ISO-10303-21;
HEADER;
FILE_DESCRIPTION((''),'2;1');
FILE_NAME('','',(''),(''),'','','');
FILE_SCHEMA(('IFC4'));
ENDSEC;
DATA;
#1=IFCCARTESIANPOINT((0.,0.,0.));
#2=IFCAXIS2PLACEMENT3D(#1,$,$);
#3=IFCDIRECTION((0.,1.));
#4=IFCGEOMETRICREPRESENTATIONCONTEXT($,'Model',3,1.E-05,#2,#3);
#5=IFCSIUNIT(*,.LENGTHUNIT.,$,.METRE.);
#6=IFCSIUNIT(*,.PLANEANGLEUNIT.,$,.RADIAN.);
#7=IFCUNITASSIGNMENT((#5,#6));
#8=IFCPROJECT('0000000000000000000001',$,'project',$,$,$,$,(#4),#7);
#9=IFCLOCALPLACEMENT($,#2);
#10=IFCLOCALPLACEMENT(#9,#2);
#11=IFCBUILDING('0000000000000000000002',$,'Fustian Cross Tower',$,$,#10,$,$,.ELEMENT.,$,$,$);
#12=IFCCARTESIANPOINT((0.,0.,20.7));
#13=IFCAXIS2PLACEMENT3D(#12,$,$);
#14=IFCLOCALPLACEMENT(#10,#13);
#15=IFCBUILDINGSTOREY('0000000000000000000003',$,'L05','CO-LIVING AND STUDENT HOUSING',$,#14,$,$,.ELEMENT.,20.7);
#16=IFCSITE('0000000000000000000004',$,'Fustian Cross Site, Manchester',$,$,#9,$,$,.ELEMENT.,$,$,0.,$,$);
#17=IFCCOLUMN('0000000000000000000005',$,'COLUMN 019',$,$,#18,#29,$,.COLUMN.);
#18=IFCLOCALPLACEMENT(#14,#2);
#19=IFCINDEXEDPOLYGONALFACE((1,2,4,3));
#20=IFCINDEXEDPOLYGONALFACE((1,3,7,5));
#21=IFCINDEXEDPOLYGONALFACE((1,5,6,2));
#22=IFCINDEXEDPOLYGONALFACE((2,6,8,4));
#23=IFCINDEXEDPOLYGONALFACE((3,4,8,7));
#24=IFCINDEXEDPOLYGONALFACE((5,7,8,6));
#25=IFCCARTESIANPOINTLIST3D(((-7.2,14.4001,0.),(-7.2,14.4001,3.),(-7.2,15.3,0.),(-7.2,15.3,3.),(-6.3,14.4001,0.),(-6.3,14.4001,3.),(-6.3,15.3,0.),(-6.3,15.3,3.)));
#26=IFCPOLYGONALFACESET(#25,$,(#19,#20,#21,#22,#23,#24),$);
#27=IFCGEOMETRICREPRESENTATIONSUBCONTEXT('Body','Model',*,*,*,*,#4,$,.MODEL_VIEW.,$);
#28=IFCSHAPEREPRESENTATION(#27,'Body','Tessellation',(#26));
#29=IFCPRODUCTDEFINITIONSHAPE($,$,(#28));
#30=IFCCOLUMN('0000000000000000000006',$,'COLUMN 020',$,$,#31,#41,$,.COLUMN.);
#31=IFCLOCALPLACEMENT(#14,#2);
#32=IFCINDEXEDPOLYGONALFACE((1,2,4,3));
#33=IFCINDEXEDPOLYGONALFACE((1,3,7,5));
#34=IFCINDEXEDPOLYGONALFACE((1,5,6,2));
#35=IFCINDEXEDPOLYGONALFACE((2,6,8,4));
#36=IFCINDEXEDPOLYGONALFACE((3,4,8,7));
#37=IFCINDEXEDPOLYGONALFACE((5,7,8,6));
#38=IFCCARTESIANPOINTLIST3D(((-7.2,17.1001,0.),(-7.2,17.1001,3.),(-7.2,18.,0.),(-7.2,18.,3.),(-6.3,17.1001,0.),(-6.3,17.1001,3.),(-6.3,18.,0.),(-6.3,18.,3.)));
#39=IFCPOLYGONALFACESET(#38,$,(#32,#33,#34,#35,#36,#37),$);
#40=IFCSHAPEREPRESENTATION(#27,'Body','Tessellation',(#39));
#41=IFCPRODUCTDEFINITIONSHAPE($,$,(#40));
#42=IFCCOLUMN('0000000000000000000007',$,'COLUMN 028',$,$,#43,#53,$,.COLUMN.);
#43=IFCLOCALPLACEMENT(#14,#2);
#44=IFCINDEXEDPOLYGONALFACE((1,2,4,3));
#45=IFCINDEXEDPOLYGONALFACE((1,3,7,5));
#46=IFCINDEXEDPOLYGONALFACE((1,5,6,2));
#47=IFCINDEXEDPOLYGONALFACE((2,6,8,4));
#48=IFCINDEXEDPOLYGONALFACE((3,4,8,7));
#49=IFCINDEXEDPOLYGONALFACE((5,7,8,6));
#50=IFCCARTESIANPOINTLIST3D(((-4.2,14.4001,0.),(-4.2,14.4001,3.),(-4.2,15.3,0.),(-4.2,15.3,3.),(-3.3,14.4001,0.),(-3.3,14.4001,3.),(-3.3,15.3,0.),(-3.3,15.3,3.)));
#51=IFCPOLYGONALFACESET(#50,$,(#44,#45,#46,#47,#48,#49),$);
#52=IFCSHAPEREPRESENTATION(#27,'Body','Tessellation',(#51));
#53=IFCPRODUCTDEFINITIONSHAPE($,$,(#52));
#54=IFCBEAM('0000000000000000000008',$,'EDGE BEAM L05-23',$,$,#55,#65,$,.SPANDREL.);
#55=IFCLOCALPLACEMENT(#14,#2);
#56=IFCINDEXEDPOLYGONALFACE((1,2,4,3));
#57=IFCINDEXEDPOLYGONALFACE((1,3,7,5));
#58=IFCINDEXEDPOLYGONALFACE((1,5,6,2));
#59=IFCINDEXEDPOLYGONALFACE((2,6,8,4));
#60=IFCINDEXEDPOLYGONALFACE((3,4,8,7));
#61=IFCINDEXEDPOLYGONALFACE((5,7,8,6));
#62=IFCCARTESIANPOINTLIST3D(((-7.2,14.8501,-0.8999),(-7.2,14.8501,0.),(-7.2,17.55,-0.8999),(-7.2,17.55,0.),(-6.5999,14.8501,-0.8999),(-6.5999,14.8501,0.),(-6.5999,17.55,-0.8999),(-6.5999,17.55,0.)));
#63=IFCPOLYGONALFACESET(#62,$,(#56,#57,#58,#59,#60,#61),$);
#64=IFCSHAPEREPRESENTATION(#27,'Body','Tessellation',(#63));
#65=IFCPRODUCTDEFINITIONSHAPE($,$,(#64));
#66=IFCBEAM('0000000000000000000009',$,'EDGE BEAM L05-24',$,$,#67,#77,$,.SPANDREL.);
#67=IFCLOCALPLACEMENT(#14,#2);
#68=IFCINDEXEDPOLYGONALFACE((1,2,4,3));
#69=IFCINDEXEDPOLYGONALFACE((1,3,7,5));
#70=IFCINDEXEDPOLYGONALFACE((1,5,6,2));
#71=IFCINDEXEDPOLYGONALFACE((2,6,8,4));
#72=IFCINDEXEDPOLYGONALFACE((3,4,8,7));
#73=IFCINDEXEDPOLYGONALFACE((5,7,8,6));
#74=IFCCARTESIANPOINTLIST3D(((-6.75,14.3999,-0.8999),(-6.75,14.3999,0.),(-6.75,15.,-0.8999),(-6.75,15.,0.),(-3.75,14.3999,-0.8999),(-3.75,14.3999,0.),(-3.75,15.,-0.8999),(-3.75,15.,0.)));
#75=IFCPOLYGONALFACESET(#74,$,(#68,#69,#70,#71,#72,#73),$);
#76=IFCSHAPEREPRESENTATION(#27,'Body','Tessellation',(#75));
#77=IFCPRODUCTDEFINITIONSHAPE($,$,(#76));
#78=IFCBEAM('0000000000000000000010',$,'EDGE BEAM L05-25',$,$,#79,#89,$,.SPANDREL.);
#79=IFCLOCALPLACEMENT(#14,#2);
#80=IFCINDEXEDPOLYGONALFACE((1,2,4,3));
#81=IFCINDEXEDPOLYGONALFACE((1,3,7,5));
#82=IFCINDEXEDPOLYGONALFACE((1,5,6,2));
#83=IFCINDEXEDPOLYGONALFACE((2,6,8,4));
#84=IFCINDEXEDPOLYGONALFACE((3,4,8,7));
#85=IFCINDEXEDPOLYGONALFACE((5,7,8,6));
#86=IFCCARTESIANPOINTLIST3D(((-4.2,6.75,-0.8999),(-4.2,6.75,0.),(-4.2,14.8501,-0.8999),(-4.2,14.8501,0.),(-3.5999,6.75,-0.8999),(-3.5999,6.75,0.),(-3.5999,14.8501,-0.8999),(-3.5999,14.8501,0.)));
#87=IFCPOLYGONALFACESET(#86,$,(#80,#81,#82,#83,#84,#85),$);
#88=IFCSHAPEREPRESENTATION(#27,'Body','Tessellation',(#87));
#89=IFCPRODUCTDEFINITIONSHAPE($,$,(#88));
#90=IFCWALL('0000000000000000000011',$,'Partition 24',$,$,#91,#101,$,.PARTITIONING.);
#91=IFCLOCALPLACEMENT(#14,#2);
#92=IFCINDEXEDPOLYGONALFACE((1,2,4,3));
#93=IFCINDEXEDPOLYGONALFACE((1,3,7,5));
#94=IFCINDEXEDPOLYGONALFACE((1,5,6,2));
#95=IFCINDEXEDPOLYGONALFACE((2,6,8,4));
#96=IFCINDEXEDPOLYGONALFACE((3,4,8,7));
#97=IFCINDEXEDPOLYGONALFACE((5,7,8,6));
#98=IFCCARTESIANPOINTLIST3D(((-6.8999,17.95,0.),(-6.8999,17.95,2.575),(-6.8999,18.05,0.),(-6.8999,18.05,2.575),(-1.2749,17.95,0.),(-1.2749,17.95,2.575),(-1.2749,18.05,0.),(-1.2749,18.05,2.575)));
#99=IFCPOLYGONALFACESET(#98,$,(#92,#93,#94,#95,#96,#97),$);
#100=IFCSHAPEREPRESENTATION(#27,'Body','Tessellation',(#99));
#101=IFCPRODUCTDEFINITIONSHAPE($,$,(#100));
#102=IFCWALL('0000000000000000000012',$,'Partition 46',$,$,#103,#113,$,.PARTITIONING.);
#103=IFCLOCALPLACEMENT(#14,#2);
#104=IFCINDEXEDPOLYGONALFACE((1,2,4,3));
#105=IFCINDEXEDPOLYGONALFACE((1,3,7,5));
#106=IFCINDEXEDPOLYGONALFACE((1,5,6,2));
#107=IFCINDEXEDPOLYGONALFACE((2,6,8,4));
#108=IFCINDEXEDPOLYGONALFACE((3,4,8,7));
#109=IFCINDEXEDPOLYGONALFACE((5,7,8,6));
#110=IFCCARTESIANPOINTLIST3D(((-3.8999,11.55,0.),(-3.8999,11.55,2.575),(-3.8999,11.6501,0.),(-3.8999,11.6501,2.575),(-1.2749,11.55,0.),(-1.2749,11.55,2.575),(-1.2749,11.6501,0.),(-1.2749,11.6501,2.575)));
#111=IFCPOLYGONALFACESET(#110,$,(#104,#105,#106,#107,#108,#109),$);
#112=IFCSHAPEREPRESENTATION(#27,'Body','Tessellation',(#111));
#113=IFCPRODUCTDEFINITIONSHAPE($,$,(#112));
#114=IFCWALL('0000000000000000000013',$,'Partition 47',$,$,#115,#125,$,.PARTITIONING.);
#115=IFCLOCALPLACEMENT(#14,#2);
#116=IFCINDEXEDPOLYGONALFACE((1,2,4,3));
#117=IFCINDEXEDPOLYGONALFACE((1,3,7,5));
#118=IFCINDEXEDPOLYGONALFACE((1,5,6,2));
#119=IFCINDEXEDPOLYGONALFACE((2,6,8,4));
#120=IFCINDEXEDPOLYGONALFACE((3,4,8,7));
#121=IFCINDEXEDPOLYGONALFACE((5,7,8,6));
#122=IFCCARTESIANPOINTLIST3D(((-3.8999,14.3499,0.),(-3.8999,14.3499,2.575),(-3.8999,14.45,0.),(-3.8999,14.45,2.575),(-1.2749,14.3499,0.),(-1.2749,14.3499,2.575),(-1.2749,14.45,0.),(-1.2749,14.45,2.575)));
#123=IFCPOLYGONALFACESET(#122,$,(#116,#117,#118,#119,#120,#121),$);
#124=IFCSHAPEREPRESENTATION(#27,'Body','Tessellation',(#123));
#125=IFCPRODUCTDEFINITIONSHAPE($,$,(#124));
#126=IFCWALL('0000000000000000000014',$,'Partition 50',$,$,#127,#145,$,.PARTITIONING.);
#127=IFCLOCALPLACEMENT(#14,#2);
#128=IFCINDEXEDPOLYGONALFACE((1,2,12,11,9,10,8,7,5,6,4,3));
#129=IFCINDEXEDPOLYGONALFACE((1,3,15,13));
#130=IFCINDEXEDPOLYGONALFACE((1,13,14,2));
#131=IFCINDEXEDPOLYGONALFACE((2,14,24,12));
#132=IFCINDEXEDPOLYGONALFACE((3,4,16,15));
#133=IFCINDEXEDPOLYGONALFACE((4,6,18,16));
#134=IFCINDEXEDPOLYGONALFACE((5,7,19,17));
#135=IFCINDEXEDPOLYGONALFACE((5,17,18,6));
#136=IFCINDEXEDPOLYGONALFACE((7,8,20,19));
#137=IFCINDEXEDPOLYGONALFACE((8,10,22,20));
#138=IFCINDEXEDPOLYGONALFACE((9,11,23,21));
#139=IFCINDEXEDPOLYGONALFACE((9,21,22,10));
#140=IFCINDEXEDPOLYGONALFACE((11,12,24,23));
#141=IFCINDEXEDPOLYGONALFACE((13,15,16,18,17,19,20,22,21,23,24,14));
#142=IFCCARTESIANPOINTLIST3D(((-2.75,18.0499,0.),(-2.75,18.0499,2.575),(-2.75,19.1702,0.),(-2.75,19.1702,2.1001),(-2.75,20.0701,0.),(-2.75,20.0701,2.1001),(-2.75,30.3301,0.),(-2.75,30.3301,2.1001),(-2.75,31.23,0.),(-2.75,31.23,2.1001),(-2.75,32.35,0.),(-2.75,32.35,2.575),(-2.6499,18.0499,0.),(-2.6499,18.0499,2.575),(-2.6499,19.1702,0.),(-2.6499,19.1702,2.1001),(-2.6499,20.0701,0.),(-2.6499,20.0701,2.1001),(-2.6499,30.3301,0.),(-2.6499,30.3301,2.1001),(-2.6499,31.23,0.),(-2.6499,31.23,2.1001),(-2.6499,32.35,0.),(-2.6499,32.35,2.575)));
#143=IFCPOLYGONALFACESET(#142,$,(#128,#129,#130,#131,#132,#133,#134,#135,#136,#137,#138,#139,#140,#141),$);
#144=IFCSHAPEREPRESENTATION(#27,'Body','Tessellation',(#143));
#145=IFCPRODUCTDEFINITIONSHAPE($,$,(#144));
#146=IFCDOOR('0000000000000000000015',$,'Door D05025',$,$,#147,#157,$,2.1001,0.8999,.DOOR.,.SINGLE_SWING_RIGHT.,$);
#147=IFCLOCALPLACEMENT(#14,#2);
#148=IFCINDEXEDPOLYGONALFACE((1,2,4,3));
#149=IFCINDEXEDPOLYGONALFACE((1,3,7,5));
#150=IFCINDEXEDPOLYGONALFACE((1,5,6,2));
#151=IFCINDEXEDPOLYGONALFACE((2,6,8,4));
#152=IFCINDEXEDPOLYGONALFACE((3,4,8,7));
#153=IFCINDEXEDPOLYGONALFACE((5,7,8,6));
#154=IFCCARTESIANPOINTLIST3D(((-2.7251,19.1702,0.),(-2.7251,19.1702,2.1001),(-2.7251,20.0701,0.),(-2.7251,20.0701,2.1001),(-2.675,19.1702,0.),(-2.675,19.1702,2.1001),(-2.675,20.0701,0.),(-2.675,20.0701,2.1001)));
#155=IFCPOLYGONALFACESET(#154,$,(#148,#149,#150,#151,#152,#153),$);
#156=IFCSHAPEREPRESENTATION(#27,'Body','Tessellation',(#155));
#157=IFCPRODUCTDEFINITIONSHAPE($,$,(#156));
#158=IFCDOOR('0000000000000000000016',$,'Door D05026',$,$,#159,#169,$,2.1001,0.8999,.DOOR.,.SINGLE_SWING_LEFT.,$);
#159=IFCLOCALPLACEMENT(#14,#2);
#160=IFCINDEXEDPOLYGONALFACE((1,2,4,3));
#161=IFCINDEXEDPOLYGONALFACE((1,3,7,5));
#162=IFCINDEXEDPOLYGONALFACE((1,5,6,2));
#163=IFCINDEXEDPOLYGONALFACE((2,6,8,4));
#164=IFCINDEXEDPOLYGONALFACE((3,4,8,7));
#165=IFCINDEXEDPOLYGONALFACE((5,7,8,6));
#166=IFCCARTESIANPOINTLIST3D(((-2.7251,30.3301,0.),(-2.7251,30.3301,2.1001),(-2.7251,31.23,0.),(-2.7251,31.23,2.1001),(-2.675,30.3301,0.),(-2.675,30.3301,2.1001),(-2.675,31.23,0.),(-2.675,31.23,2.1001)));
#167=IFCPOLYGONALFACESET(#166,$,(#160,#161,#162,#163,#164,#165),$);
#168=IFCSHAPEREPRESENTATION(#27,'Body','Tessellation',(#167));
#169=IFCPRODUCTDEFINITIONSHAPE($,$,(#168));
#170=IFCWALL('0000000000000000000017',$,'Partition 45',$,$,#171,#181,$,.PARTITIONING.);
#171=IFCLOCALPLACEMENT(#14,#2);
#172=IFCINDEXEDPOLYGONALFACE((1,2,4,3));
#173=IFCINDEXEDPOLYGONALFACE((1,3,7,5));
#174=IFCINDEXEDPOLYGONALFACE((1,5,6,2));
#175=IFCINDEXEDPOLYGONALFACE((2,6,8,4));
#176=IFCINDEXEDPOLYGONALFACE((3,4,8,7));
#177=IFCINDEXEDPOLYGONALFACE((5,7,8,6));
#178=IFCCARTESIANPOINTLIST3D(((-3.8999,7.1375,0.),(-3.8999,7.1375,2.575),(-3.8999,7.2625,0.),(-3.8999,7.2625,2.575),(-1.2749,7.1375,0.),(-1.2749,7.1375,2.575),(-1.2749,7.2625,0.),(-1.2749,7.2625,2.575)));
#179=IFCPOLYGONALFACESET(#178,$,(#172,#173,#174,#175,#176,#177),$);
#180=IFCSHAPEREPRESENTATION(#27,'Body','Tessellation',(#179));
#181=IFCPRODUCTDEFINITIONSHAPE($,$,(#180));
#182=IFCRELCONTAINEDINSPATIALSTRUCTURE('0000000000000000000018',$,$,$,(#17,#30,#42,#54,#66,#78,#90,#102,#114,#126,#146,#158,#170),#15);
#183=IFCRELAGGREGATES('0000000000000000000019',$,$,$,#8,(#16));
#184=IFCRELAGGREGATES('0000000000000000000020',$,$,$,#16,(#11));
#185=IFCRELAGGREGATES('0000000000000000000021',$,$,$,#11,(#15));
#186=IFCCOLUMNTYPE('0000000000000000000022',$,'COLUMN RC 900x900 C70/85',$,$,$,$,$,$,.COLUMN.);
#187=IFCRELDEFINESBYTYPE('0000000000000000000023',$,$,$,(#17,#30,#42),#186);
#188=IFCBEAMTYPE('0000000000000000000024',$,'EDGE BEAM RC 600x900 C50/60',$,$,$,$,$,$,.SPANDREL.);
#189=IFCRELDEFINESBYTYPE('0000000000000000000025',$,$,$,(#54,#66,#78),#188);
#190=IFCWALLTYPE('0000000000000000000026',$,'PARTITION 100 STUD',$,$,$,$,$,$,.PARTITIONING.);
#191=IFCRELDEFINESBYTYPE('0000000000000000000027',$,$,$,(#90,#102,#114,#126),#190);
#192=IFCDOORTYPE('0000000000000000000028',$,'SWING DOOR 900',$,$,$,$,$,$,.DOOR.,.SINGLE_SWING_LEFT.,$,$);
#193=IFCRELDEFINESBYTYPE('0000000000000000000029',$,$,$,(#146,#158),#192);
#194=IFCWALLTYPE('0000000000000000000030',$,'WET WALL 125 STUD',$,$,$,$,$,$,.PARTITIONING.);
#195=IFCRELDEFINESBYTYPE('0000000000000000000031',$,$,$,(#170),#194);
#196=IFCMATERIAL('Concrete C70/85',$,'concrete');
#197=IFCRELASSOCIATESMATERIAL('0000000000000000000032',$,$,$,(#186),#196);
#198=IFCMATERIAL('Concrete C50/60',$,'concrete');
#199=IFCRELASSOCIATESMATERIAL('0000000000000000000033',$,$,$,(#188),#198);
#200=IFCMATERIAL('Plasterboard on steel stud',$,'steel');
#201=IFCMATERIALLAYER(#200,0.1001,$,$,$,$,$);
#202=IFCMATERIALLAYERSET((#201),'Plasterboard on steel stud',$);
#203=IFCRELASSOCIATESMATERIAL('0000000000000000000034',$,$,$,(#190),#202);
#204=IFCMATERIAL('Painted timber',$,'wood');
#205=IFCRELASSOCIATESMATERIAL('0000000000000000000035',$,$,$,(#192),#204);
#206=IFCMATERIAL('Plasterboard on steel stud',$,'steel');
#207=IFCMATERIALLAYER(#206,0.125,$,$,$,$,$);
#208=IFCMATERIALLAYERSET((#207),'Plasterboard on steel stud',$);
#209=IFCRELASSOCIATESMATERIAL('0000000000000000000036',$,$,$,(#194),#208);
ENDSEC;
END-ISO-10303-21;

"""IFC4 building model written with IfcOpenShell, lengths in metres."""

from ifc_helpers import new_model, si_unit, direction, frame, frame_2d, origin, origin_2d, place, context, subcontext, project, spatial, rectangle, extrude, material, layer, layer_set, material_profile, profile_set, type_object, element, fill, save


model = new_model("IFC4")

# Units and contexts
model_context = context("Model", 3, precision=1e-05, world=origin(), true_north=direction((0.0, 1.0)))
body_context = subcontext(model_context, "Body", "Model", "MODEL_VIEW")
ifc_project = project(units=[si_unit("LENGTHUNIT", "METRE"), si_unit("PLANEANGLEUNIT", "RADIAN")], contexts=[model_context])

# Site, building, storey
site_placement = place(None, origin())
site = spatial("IfcSite", under=ifc_project, at=site_placement, Name="Fustian Cross Site, Manchester", CompositionType="ELEMENT", RefElevation=0.0)
building_placement = place(site_placement, origin())
building = spatial("IfcBuilding", under=site, at=building_placement, Name="Fustian Cross Tower", CompositionType="ELEMENT")
storey_placement = place(building_placement, frame((0.0, 0.0, 20.7)))
storey = spatial("IfcBuildingStorey", under=building, at=storey_placement, Name="L05", Description="CO-LIVING AND STUDENT HOUSING", CompositionType="ELEMENT", Elevation=20.7)

# Columns
ifc_material_1 = material(Name="Concrete C70/85", Category="concrete")
ifc_material_profile_1 = material_profile(ifc_material_1, rectangle(XDim=0.8999, YDim=0.8999, at=origin_2d()), Name="RC 900x900")
ifc_profile_set_1 = profile_set([ifc_material_profile_1], Name="Concrete C70/85")
column_type = type_object("IfcColumnType", Name="COLUMN RC 900x900 C70/85", PredefinedType="COLUMN", material=ifc_profile_set_1)
for number, where, z_axis, x_axis, name in (
    (1, (-6.75, 14.8501, 0.0), (0.0, 0.0, 1.0), (1.0, 0.0, 0.0), "COLUMN 019"),
    (2, (-6.75, 17.55, 0.0), (0.0, 0.0, 1.0), (1.0, 0.0, 0.0), "COLUMN 020"),
    (3, (-3.75, 14.8501, 0.0), (0.0, 0.0, 1.0), (1.0, 0.0, 0.0), "COLUMN 028"),
):
    element("IfcColumn", number, at=place(storey_placement, frame(where, z_axis=z_axis, x_axis=x_axis)), inside=storey, type_object=column_type, Name=name, PredefinedType="COLUMN", context=body_context, shape_type="SweptSolid", body=[
        extrude(rectangle(XDim=0.8999, YDim=0.8999, at=origin_2d()), origin(), (0.0, 0.0, 1.0), 3.0),
    ])

# Beams
ifc_material_2 = material(Name="Concrete C50/60", Category="concrete")
ifc_material_profile_2 = material_profile(ifc_material_2, rectangle(XDim=0.6001, YDim=0.8999, at=origin_2d()), Name="RC 600x900")
ifc_profile_set_2 = profile_set([ifc_material_profile_2], Name="Concrete C50/60")
beam_type = type_object("IfcBeamType", Name="EDGE BEAM RC 600x900 C50/60", PredefinedType="SPANDREL", material=ifc_profile_set_2)
beam_1_placement = place(storey_placement, frame((-6.8999, 17.55, -0.45), z_axis=(0.0, -1.0, 0.0), x_axis=(1.0, 0.0, 0.0)))
element("IfcBeam", 4, at=beam_1_placement, inside=storey, type_object=beam_type, Name="EDGE BEAM L05-23", PredefinedType="SPANDREL", context=body_context, shape_type="SweptSolid", body=[
    extrude(rectangle(XDim=0.6001, YDim=0.8999, at=origin_2d()), origin(), (0.0, 0.0, 1.0), 2.7),
])
beam_2_placement = place(storey_placement, frame((-6.75, 14.7, -0.45), z_axis=(1.0, 0.0, 0.0), x_axis=(0.0, 1.0, 0.0)))
element("IfcBeam", 5, at=beam_2_placement, inside=storey, type_object=beam_type, Name="EDGE BEAM L05-24", PredefinedType="SPANDREL", context=body_context, shape_type="SweptSolid", body=[
    extrude(rectangle(XDim=0.6001, YDim=0.8999, at=origin_2d()), origin(), (0.0, 0.0, 1.0), 3.0),
])
beam_3_placement = place(storey_placement, frame((-3.8999, 14.8501, -0.45), z_axis=(0.0, -1.0, 0.0), x_axis=(1.0, 0.0, 0.0)))
element("IfcBeam", 6, at=beam_3_placement, inside=storey, type_object=beam_type, Name="EDGE BEAM L05-25", PredefinedType="SPANDREL", context=body_context, shape_type="SweptSolid", body=[
    extrude(rectangle(XDim=0.6001, YDim=0.8999, at=origin_2d()), origin(), (0.0, 0.0, 1.0), 8.1001),
])

# Walls
ifc_material_3 = material(Name="Plasterboard on steel stud", Category="steel")
ifc_layer_1 = layer(ifc_material_3, 0.1001)
ifc_layer_set_1 = layer_set([ifc_layer_1], Name="Plasterboard on steel stud")
wall_type_1 = type_object("IfcWallType", Name="PARTITION 100 STUD", PredefinedType="PARTITIONING", material=ifc_layer_set_1)
wall_1_placement = place(storey_placement, frame((-6.8999, 18.0, 0.0), z_axis=(0.0, 0.0, 1.0), x_axis=(1.0, 0.0, 0.0)))
element("IfcWall", 7, at=wall_1_placement, inside=storey, type_object=wall_type_1, Name="Partition 24", PredefinedType="PARTITIONING", context=body_context, shape_type="SweptSolid", body=[
    extrude(rectangle(XDim=5.625, YDim=0.1001, at=frame_2d((2.8125, 0.0))), origin(), (0.0, 0.0, 1.0), 2.575),
])
for number, where, z_axis, x_axis, name in (
    (8, (-3.8999, 11.6001, 0.0), (0.0, 0.0, 1.0), (1.0, 0.0, 0.0), "Partition 46"),
    (9, (-3.8999, 14.3999, 0.0), (0.0, 0.0, 1.0), (1.0, 0.0, 0.0), "Partition 47"),
):
    element("IfcWall", number, at=place(storey_placement, frame(where, z_axis=z_axis, x_axis=x_axis)), inside=storey, type_object=wall_type_1, Name=name, PredefinedType="PARTITIONING", context=body_context, shape_type="SweptSolid", body=[
        extrude(rectangle(XDim=2.625, YDim=0.1001, at=frame_2d((1.3125, 0.0))), origin(), (0.0, 0.0, 1.0), 2.575),
    ])

# Wall, openings, doors
wall_2_placement = place(storey_placement, frame((-2.7, 18.05, 0.0), z_axis=(0.0, 0.0, 1.0), x_axis=(0.0, 1.0, 0.0)))
wall_2 = element("IfcWall", 10, at=wall_2_placement, inside=storey, type_object=wall_type_1, Name="Partition 50", PredefinedType="PARTITIONING", context=body_context, shape_type="SweptSolid", body=[
    extrude(rectangle(XDim=14.3, YDim=0.1001, at=frame_2d((7.1499, 0.0))), origin(), (0.0, 0.0, 1.0), 2.575),
])
opening_1_placement = place(wall_2_placement, frame((1.1201, 0.0, 0.0)))
opening_1 = element("IfcOpeningElement", 11, at=opening_1_placement, cuts=wall_2, PredefinedType="OPENING", context=body_context, shape_type="SweptSolid", body=[
    extrude(rectangle(XDim=0.8999, YDim=2.1001, at=frame_2d((0.45, 1.05))), frame((0.0, 0.0601, 0.0), z_axis=(0.0, -1.0, 0.0), x_axis=(1.0, 0.0, 0.0)), (0.0, 0.0, 1.0), 0.1201),
])
opening_2_placement = place(wall_2_placement, frame((12.28, 0.0, 0.0)))
opening_2 = element("IfcOpeningElement", 12, at=opening_2_placement, cuts=wall_2, PredefinedType="OPENING", context=body_context, shape_type="SweptSolid", body=[
    extrude(rectangle(XDim=0.8999, YDim=2.1001, at=frame_2d((0.45, 1.05))), frame((0.0, 0.0601, 0.0), z_axis=(0.0, -1.0, 0.0), x_axis=(1.0, 0.0, 0.0)), (0.0, 0.0, 1.0), 0.1201),
])
ifc_material_4 = material(Name="Painted timber", Category="wood")
door_type_1 = type_object("IfcDoorType", Name="SWING DOOR 900", OperationType="SINGLE_SWING_LEFT", PredefinedType="DOOR", material=ifc_material_4)
door_1_placement = place(opening_1_placement, frame((0.8999, 0.0, 0.0), z_axis=(0.0, 0.0, 1.0), x_axis=(-1.0, 0.0, 0.0)))
door_1 = element("IfcDoor", 13, at=door_1_placement, inside=storey, type_object=door_type_1, Name="Door D05025", OperationType="SINGLE_SWING_RIGHT", OverallHeight=2.1001, OverallWidth=0.8999, PredefinedType="DOOR", context=body_context, shape_type="SweptSolid", body=[
    extrude(rectangle(XDim=0.8999, YDim=2.1001, at=frame_2d((0.45, 1.05))), frame((0.0, 0.0249, 0.0), z_axis=(0.0, -1.0, 0.0), x_axis=(1.0, 0.0, 0.0)), (0.0, 0.0, 1.0), 0.05),
])
fill(opening_1, door_1)
door_2_placement = place(opening_2_placement, frame((0.8999, 0.0, 0.0), z_axis=(0.0, 0.0, 1.0), x_axis=(-1.0, 0.0, 0.0)))
door_2 = element("IfcDoor", 14, at=door_2_placement, inside=storey, type_object=door_type_1, Name="Door D05026", OperationType="SINGLE_SWING_LEFT", OverallHeight=2.1001, OverallWidth=0.8999, PredefinedType="DOOR", context=body_context, shape_type="SweptSolid", body=[
    extrude(rectangle(XDim=0.8999, YDim=2.1001, at=frame_2d((0.45, 1.05))), frame((0.0, 0.0249, 0.0), z_axis=(0.0, -1.0, 0.0), x_axis=(1.0, 0.0, 0.0)), (0.0, 0.0, 1.0), 0.05),
])
fill(opening_2, door_2)

# Wall
ifc_material_5 = material(Name="Plasterboard on steel stud", Category="steel")
ifc_layer_2 = layer(ifc_material_5, 0.125)
ifc_layer_set_2 = layer_set([ifc_layer_2], Name="Plasterboard on steel stud")
wall_type_2 = type_object("IfcWallType", Name="WET WALL 125 STUD", PredefinedType="PARTITIONING", material=ifc_layer_set_2)
wall_3_placement = place(storey_placement, frame((-3.8999, 7.2, 0.0), z_axis=(0.0, 0.0, 1.0), x_axis=(1.0, 0.0, 0.0)))
element("IfcWall", 15, at=wall_3_placement, inside=storey, type_object=wall_type_2, Name="Partition 45", PredefinedType="PARTITIONING", context=body_context, shape_type="SweptSolid", body=[
    extrude(rectangle(XDim=2.625, YDim=0.125, at=frame_2d((1.3125, 0.0))), origin(), (0.0, 0.0, 1.0), 2.575),
])

save(model, "model.ifc")
